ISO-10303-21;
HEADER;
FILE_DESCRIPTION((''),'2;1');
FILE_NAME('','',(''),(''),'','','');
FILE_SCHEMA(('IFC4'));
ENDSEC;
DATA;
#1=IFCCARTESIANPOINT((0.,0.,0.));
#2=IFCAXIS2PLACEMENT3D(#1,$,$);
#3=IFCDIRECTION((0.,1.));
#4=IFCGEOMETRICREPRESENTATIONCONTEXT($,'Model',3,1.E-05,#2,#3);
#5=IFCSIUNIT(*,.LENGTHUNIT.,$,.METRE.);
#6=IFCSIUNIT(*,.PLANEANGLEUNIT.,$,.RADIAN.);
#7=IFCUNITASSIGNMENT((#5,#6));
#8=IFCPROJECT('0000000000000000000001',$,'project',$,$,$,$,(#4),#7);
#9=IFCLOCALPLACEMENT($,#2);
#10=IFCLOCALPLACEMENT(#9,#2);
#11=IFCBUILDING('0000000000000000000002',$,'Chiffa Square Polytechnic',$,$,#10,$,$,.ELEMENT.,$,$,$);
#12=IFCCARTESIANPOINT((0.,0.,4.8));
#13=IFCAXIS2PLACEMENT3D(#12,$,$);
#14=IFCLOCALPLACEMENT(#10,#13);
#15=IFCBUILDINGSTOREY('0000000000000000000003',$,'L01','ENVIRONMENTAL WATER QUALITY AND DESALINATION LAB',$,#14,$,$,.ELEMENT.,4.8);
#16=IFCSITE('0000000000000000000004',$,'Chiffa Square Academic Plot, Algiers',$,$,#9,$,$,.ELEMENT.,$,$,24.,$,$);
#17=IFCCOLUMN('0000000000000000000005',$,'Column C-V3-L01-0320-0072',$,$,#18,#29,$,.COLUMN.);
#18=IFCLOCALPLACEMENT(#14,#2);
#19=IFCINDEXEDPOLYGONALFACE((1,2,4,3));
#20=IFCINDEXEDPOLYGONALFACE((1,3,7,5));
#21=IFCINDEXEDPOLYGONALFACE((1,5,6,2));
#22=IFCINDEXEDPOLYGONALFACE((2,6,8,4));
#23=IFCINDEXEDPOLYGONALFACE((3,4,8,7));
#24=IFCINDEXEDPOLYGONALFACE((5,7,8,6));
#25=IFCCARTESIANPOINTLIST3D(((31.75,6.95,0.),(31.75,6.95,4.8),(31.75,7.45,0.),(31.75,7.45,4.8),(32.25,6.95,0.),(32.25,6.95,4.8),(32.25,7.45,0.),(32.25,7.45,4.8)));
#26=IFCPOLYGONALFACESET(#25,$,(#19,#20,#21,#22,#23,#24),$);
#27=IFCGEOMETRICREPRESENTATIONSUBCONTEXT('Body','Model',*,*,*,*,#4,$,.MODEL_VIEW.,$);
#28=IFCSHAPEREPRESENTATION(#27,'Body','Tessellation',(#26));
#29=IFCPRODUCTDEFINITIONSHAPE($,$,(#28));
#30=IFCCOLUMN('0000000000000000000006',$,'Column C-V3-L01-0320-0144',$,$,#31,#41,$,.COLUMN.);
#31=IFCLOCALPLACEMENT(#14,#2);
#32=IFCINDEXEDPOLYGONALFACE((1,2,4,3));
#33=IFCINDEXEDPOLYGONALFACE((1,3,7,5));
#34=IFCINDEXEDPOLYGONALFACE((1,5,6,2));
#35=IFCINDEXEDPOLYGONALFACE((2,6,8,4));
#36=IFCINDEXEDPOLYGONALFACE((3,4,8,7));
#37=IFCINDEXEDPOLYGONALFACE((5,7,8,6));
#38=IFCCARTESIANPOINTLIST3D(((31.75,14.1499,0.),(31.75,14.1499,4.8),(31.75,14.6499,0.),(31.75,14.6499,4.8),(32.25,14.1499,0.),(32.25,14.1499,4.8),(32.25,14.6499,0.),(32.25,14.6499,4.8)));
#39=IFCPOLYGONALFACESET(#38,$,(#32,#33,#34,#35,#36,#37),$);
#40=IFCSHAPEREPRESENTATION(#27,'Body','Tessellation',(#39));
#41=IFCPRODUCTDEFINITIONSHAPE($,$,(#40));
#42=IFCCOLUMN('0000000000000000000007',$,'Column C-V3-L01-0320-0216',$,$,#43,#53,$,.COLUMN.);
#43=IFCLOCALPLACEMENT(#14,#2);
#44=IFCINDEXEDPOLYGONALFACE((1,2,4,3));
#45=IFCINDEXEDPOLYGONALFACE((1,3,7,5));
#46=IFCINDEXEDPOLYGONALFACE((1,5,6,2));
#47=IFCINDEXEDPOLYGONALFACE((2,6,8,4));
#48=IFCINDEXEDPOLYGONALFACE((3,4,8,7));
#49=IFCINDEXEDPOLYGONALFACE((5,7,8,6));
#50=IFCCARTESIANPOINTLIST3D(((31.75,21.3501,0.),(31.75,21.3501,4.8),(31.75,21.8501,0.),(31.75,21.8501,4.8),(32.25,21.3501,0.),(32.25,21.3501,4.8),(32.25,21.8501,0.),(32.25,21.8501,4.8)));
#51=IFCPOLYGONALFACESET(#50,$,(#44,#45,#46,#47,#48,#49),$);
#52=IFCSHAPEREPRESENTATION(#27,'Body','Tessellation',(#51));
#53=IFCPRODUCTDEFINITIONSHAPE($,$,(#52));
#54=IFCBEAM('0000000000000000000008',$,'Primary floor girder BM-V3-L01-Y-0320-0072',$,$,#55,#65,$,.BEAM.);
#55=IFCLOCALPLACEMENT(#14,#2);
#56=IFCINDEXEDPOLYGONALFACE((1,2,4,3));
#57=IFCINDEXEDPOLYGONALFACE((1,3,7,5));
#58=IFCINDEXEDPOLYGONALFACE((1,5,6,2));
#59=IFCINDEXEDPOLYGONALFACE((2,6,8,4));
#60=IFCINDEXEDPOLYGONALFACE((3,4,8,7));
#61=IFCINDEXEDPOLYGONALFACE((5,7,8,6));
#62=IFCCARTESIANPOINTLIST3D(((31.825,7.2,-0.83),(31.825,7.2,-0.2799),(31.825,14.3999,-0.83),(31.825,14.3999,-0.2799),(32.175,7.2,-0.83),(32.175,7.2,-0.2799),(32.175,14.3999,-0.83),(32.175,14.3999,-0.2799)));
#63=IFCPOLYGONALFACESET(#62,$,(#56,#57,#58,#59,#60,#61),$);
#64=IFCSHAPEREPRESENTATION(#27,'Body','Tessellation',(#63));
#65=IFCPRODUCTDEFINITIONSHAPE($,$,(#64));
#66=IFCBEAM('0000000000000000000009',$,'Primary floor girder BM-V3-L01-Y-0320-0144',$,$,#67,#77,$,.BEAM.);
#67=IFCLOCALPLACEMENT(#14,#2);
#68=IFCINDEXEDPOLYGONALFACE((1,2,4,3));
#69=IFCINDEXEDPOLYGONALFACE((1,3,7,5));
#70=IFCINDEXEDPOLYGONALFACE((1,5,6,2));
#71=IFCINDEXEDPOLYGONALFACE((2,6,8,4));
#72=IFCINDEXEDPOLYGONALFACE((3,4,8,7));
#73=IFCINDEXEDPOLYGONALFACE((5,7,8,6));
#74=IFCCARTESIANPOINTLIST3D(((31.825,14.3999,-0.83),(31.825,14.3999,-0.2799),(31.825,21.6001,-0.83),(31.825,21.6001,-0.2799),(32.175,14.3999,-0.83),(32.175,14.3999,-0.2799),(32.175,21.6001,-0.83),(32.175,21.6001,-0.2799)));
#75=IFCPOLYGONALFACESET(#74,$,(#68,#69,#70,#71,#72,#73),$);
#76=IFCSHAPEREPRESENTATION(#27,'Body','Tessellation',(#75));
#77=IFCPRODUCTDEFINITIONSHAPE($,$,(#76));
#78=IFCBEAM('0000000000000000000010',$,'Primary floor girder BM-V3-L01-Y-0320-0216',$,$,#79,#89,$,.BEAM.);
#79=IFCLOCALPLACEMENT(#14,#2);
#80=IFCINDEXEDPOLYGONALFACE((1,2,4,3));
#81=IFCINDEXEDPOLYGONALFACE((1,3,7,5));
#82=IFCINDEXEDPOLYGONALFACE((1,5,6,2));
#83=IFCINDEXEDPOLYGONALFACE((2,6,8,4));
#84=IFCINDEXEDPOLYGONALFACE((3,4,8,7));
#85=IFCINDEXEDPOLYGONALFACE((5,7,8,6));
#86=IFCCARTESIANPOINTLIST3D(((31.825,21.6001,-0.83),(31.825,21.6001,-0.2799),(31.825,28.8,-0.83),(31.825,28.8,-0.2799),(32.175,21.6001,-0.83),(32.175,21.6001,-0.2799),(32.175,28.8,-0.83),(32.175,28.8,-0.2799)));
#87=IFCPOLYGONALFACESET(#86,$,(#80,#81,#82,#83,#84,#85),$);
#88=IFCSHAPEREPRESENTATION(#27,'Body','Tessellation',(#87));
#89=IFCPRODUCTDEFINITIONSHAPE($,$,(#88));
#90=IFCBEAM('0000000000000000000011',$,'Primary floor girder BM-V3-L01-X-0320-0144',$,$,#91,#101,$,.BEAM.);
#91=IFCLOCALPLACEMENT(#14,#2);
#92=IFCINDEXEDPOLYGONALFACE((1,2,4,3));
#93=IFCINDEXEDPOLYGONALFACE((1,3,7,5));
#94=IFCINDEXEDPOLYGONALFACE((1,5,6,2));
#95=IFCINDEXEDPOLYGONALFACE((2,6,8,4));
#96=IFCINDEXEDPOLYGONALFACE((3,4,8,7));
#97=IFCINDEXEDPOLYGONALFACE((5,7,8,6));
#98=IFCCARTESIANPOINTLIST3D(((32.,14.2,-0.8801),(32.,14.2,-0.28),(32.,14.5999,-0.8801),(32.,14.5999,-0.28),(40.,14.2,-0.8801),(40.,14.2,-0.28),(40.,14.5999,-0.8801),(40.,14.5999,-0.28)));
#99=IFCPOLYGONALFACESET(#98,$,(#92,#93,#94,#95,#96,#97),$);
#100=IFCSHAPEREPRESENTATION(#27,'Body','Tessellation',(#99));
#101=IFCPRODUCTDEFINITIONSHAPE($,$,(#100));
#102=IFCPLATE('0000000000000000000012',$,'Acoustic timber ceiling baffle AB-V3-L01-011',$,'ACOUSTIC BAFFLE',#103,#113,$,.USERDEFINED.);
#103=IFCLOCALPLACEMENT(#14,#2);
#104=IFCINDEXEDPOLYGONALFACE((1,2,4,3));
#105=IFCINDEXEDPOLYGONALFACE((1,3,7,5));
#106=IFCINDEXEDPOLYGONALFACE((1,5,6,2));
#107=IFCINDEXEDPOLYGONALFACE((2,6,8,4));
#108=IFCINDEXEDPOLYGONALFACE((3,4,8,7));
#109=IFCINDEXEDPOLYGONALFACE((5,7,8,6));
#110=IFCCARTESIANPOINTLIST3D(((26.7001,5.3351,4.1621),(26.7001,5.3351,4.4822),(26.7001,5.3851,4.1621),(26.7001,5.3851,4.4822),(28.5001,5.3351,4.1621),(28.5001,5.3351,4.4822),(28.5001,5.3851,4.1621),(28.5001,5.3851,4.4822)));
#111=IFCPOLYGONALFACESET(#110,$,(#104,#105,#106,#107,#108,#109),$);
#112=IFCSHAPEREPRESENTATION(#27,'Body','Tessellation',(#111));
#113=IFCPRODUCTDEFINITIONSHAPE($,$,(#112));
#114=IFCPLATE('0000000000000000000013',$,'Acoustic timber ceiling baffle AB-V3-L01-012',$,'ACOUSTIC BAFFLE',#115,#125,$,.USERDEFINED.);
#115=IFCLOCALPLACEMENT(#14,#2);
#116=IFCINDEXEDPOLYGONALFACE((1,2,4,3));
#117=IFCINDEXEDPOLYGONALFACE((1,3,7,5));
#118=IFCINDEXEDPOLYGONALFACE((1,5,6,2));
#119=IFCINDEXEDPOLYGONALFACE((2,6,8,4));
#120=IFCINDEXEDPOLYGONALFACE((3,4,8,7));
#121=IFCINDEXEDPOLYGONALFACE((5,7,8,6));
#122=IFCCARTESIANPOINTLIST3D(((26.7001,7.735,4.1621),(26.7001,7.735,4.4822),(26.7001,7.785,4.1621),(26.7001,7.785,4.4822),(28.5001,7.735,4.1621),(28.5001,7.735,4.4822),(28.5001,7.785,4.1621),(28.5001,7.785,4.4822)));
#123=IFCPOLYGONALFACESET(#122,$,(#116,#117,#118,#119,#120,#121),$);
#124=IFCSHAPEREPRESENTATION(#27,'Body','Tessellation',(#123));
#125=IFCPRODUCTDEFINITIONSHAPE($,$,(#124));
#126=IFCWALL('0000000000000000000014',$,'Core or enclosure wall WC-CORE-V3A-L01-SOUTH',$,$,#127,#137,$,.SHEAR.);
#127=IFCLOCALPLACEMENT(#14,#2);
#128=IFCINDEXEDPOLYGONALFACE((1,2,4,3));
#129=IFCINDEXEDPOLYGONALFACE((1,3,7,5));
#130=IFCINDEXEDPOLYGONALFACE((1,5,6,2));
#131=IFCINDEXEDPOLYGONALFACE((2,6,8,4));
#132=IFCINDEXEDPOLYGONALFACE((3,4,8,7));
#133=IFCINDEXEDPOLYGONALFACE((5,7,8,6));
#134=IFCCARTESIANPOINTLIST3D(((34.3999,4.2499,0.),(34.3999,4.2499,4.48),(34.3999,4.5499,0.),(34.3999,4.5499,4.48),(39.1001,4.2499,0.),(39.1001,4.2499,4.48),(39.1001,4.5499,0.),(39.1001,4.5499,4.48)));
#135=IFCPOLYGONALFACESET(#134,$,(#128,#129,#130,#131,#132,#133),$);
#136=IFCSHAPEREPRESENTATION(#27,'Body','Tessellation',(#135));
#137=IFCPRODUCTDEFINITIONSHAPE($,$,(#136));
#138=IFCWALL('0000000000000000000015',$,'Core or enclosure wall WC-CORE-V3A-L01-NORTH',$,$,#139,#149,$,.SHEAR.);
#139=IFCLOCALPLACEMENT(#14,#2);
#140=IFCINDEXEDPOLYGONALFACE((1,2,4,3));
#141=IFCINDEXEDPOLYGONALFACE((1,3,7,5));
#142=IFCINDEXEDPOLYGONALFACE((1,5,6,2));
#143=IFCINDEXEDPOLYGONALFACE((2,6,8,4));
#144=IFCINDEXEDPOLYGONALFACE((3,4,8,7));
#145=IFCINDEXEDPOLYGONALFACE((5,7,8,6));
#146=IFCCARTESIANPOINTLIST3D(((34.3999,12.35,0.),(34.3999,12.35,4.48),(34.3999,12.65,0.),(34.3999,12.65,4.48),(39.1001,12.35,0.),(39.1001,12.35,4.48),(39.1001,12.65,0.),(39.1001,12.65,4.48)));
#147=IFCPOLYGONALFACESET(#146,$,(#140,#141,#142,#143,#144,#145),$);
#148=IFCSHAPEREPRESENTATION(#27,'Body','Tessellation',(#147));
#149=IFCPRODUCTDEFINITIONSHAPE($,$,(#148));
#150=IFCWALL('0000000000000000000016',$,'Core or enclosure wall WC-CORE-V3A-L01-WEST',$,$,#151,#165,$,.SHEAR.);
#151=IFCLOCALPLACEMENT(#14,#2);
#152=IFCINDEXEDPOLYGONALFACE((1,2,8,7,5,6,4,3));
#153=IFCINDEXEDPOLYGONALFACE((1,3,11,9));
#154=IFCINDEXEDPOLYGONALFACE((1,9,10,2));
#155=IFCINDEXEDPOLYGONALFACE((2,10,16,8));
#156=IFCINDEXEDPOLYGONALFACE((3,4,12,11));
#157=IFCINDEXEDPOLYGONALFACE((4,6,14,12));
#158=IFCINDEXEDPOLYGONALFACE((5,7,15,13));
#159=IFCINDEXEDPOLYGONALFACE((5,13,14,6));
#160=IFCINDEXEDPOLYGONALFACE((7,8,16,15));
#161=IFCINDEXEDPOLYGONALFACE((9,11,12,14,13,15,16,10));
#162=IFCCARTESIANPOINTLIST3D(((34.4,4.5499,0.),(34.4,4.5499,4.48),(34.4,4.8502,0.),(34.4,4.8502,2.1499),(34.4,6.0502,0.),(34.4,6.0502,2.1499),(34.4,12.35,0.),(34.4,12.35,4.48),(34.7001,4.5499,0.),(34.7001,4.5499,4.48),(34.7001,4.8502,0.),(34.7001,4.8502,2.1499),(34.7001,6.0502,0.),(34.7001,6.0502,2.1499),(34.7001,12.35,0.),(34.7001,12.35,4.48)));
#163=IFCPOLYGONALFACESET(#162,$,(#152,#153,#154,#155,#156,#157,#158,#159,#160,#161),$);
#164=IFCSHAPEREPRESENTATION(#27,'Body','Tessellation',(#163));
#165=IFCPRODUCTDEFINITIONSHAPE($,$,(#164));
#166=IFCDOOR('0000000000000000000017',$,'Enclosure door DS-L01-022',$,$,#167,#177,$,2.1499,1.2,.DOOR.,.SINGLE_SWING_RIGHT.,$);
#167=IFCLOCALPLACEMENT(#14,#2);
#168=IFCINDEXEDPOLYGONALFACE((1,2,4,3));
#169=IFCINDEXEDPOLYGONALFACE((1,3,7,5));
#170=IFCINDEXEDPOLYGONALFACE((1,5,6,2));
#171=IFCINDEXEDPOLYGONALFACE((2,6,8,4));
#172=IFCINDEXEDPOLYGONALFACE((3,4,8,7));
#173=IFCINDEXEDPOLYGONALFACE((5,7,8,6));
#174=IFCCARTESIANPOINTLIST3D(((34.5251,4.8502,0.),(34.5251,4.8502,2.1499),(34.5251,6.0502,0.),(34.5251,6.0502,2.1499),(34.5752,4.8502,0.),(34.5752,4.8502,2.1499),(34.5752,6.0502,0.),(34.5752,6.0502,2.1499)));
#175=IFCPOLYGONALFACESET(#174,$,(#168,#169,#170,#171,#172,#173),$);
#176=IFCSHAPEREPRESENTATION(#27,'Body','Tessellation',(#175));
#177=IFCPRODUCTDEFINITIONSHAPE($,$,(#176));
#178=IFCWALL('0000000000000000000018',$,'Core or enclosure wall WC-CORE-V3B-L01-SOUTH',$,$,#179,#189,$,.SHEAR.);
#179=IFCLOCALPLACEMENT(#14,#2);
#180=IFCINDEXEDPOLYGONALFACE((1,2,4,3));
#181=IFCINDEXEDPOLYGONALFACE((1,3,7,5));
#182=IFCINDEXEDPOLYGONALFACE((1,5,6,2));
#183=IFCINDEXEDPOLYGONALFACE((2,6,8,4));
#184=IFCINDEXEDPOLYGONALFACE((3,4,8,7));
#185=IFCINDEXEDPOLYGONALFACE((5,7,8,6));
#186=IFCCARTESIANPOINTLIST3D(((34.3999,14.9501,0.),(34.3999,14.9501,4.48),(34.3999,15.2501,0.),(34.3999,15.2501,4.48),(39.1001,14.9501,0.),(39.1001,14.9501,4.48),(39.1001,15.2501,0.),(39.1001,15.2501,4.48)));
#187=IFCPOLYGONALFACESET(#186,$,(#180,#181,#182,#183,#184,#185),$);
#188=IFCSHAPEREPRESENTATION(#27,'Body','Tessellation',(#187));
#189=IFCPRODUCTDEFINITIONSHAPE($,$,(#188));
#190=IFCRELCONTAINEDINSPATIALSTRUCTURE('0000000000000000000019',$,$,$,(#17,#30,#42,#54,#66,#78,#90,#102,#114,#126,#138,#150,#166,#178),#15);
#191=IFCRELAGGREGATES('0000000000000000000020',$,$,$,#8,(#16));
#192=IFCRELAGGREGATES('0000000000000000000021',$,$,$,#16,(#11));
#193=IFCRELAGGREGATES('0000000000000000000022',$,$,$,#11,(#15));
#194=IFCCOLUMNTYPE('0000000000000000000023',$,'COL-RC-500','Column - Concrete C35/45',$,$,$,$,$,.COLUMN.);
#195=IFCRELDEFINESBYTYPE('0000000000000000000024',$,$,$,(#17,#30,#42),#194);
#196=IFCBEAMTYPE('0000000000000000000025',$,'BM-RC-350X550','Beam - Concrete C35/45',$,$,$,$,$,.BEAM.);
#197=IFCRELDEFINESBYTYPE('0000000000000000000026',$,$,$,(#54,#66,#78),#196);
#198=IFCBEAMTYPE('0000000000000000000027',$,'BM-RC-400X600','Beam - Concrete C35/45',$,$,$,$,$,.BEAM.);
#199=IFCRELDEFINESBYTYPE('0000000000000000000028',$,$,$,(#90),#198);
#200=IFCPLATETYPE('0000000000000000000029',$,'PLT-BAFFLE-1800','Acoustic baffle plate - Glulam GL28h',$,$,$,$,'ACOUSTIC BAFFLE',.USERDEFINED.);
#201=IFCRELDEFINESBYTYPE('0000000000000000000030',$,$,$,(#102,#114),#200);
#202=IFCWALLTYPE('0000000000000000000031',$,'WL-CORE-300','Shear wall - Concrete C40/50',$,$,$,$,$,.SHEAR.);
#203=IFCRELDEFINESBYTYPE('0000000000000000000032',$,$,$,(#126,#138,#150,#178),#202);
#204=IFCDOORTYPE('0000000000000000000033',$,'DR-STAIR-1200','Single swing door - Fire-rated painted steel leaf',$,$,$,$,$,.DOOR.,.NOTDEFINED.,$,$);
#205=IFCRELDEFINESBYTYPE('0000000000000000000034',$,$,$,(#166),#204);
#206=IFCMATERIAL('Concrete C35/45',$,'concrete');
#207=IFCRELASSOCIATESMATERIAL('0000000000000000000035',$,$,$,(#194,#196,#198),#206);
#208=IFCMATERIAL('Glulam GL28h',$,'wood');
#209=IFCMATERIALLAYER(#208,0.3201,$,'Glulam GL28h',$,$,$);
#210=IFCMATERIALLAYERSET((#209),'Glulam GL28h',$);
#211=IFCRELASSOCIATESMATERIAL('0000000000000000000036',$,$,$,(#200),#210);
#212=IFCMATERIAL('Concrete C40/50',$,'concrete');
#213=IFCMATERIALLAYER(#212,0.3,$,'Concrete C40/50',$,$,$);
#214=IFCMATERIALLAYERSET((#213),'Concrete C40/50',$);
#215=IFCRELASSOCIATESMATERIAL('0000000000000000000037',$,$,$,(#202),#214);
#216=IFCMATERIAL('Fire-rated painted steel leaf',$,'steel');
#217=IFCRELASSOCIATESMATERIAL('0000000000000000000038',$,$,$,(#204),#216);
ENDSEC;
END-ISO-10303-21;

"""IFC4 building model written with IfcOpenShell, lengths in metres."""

from ifc_helpers import new_model, si_unit, direction, frame, frame_2d, origin, origin_2d, place, context, subcontext, project, spatial, rectangle, extrude, material, layer, layer_set, material_profile, profile_set, type_object, element, fill, save


model = new_model("IFC4")

# Units and contexts
model_context = context("Model", 3, precision=1e-05, world=origin(), true_north=direction((0.0, 1.0)))
body_context = subcontext(model_context, "Body", "Model", "MODEL_VIEW")
ifc_project = project(units=[si_unit("LENGTHUNIT", "METRE"), si_unit("PLANEANGLEUNIT", "RADIAN")], contexts=[model_context])

# Site, building, storey
site_placement = place(None, origin())
site = spatial("IfcSite", under=ifc_project, at=site_placement, Name="Chiffa Square Academic Plot, Algiers", CompositionType="ELEMENT", RefElevation=24.0)
building_placement = place(site_placement, origin())
building = spatial("IfcBuilding", under=site, at=building_placement, Name="Chiffa Square Polytechnic", CompositionType="ELEMENT")
storey_placement = place(building_placement, frame((0.0, 0.0, 4.8)))
storey = spatial("IfcBuildingStorey", under=building, at=storey_placement, Name="L01", Description="ENVIRONMENTAL WATER QUALITY AND DESALINATION LAB", CompositionType="ELEMENT", Elevation=4.8)

# Columns
ifc_material_1 = material(Name="Concrete C35/45", Category="concrete")
ifc_material_profile_1 = material_profile(ifc_material_1, rectangle(XDim=0.5, YDim=0.5, at=origin_2d()), Name="RC 500x500")
ifc_profile_set_1 = profile_set([ifc_material_profile_1], Name="Concrete C35/45")
column_type = type_object("IfcColumnType", Name="COL-RC-500", Description="Column - Concrete C35/45", PredefinedType="COLUMN", material=ifc_profile_set_1)
for number, where, z_axis, x_axis, name in (
    (1, (32.0, 7.2, 0.0), (0.0, 0.0, 1.0), (1.0, 0.0, 0.0), "Column C-V3-L01-0320-0072"),
    (2, (32.0, 14.3999, 0.0), (0.0, 0.0, 1.0), (1.0, 0.0, 0.0), "Column C-V3-L01-0320-0144"),
    (3, (32.0, 21.6001, 0.0), (0.0, 0.0, 1.0), (1.0, 0.0, 0.0), "Column C-V3-L01-0320-0216"),
):
    element("IfcColumn", number, at=place(storey_placement, frame(where, z_axis=z_axis, x_axis=x_axis)), inside=storey, type_object=column_type, Name=name, PredefinedType="COLUMN", context=body_context, shape_type="SweptSolid", body=[
        extrude(rectangle(XDim=0.5, YDim=0.5, at=origin_2d()), origin(), (0.0, 0.0, 1.0), 4.8),
    ])

# Beams
ifc_material_profile_2 = material_profile(ifc_material_1, rectangle(XDim=0.3501, YDim=0.55, at=origin_2d()), Name="RC 350x550")
ifc_profile_set_2 = profile_set([ifc_material_profile_2], Name="Concrete C35/45")
beam_type_1 = type_object("IfcBeamType", Name="BM-RC-350X550", Description="Beam - Concrete C35/45", PredefinedType="BEAM", material=ifc_profile_set_2)
beam_1_placement = place(storey_placement, frame((32.0, 7.2, -0.5549), z_axis=(0.0, 1.0, 0.0), x_axis=(-1.0, 0.0, 0.0)))
element("IfcBeam", 4, at=beam_1_placement, inside=storey, type_object=beam_type_1, Name="Primary floor girder BM-V3-L01-Y-0320-0072", PredefinedType="BEAM", context=body_context, shape_type="SweptSolid", body=[
    extrude(rectangle(XDim=0.3501, YDim=0.55, at=origin_2d()), origin(), (0.0, 0.0, 1.0), 7.2),
])
beam_2_placement = place(storey_placement, frame((32.0, 14.3999, -0.5549), z_axis=(0.0, 1.0, 0.0), x_axis=(-1.0, 0.0, 0.0)))
element("IfcBeam", 5, at=beam_2_placement, inside=storey, type_object=beam_type_1, Name="Primary floor girder BM-V3-L01-Y-0320-0144", PredefinedType="BEAM", context=body_context, shape_type="SweptSolid", body=[
    extrude(rectangle(XDim=0.3501, YDim=0.55, at=origin_2d()), origin(), (0.0, 0.0, 1.0), 7.2002),
])
beam_3_placement = place(storey_placement, frame((32.0, 21.6001, -0.5549), z_axis=(0.0, 1.0, 0.0), x_axis=(-1.0, 0.0, 0.0)))
element("IfcBeam", 6, at=beam_3_placement, inside=storey, type_object=beam_type_1, Name="Primary floor girder BM-V3-L01-Y-0320-0216", PredefinedType="BEAM", context=body_context, shape_type="SweptSolid", body=[
    extrude(rectangle(XDim=0.3501, YDim=0.55, at=origin_2d()), origin(), (0.0, 0.0, 1.0), 7.2),
])
ifc_material_profile_3 = material_profile(ifc_material_1, rectangle(XDim=0.3999, YDim=0.6001, at=origin_2d()), Name="RC 400x600")
ifc_profile_set_3 = profile_set([ifc_material_profile_3], Name="Concrete C35/45")
beam_type_2 = type_object("IfcBeamType", Name="BM-RC-400X600", Description="Beam - Concrete C35/45", PredefinedType="BEAM", material=ifc_profile_set_3)
beam_4_placement = place(storey_placement, frame((32.0, 14.3999, -0.5801), z_axis=(1.0, 0.0, 0.0), x_axis=(0.0, 1.0, 0.0)))
element("IfcBeam", 7, at=beam_4_placement, inside=storey, type_object=beam_type_2, Name="Primary floor girder BM-V3-L01-X-0320-0144", PredefinedType="BEAM", context=body_context, shape_type="SweptSolid", body=[
    extrude(rectangle(XDim=0.3999, YDim=0.6001, at=origin_2d()), origin(), (0.0, 0.0, 1.0), 8.0),
])

# Plates
ifc_material_2 = material(Name="Glulam GL28h", Category="wood")
ifc_layer_1 = layer(ifc_material_2, 0.3201, Name="Glulam GL28h")
ifc_layer_set_1 = layer_set([ifc_layer_1], Name="Glulam GL28h")
plate_type = type_object("IfcPlateType", Name="PLT-BAFFLE-1800", Description="Acoustic baffle plate - Glulam GL28h", ElementType="ACOUSTIC BAFFLE", PredefinedType="USERDEFINED", material=ifc_layer_set_1)
for number, where, z_axis, x_axis, name in (
    (8, (27.6001, 5.3601, 4.1621), (0.0, 0.0, 1.0), (1.0, 0.0, 0.0), "Acoustic timber ceiling baffle AB-V3-L01-011"),
    (9, (27.6001, 7.76, 4.1621), (0.0, 0.0, 1.0), (1.0, 0.0, 0.0), "Acoustic timber ceiling baffle AB-V3-L01-012"),
):
    element("IfcPlate", number, at=place(storey_placement, frame(where, z_axis=z_axis, x_axis=x_axis)), inside=storey, type_object=plate_type, Name=name, ObjectType="ACOUSTIC BAFFLE", PredefinedType="USERDEFINED", context=body_context, shape_type="SweptSolid", body=[
        extrude(rectangle(XDim=1.8, YDim=0.05, at=origin_2d()), origin(), (0.0, 0.0, 1.0), 0.3201),
    ])

# Walls
ifc_material_3 = material(Name="Concrete C40/50", Category="concrete")
ifc_layer_2 = layer(ifc_material_3, 0.3, Name="Concrete C40/50")
ifc_layer_set_2 = layer_set([ifc_layer_2], Name="Concrete C40/50")
wall_type_1 = type_object("IfcWallType", Name="WL-CORE-300", Description="Shear wall - Concrete C40/50", PredefinedType="SHEAR", material=ifc_layer_set_2)
for number, where, z_axis, x_axis, name in (
    (10, (34.3999, 4.3999, 0.0), (0.0, 0.0, 1.0), (1.0, 0.0, 0.0), "Core or enclosure wall WC-CORE-V3A-L01-SOUTH"),
    (11, (34.3999, 12.5, 0.0), (0.0, 0.0, 1.0), (1.0, 0.0, 0.0), "Core or enclosure wall WC-CORE-V3A-L01-NORTH"),
):
    element("IfcWall", number, at=place(storey_placement, frame(where, z_axis=z_axis, x_axis=x_axis)), inside=storey, type_object=wall_type_1, Name=name, PredefinedType="SHEAR", context=body_context, shape_type="SweptSolid", body=[
        extrude(rectangle(XDim=4.7002, YDim=0.3, at=frame_2d((2.3501, 0.0))), origin(), (0.0, 0.0, 1.0), 4.48),
    ])

# Wall, opening, door
wall_1_placement = place(storey_placement, frame((34.55, 4.55, 0.0), z_axis=(0.0, 0.0, 1.0), x_axis=(0.0, 1.0, 0.0)))
wall_1 = element("IfcWall", 12, at=wall_1_placement, inside=storey, type_object=wall_type_1, Name="Core or enclosure wall WC-CORE-V3A-L01-WEST", PredefinedType="SHEAR", context=body_context, shape_type="SweptSolid", body=[
    extrude(rectangle(XDim=7.8, YDim=0.3, at=frame_2d((3.8999, 0.0))), origin(), (0.0, 0.0, 1.0), 4.48),
])
opening_1_placement = place(wall_1_placement, frame((0.3, 0.0, 0.0)))
opening_1 = element("IfcOpeningElement", 13, at=opening_1_placement, cuts=wall_1, PredefinedType="OPENING", context=body_context, shape_type="SweptSolid", body=[
    extrude(rectangle(XDim=1.2, YDim=2.1499, at=frame_2d((0.6001, 1.075))), frame((0.0, 0.1602, 0.0), z_axis=(0.0, -1.0, 0.0), x_axis=(1.0, 0.0, 0.0)), (0.0, 0.0, 1.0), 0.3201),
])
ifc_material_4 = material(Name="Fire-rated painted steel leaf", Category="steel")
door_type_1 = type_object("IfcDoorType", Name="DR-STAIR-1200", Description="Single swing door - Fire-rated painted steel leaf", OperationType="NOTDEFINED", PredefinedType="DOOR", material=ifc_material_4)
door_1_placement = place(opening_1_placement, origin())
door_1 = element("IfcDoor", 14, at=door_1_placement, inside=storey, type_object=door_type_1, Name="Enclosure door DS-L01-022", OperationType="SINGLE_SWING_RIGHT", OverallHeight=2.1499, OverallWidth=1.2, PredefinedType="DOOR", context=body_context, shape_type="SweptSolid", body=[
    extrude(rectangle(XDim=1.2, YDim=2.1499, at=frame_2d((0.6001, 1.075))), frame((0.0, 0.0249, 0.0), z_axis=(0.0, -1.0, 0.0), x_axis=(1.0, 0.0, 0.0)), (0.0, 0.0, 1.0), 0.05),
])
fill(opening_1, door_1)

# Wall
wall_2_placement = place(storey_placement, frame((34.3999, 15.1001, 0.0), z_axis=(0.0, 0.0, 1.0), x_axis=(1.0, 0.0, 0.0)))
element("IfcWall", 15, at=wall_2_placement, inside=storey, type_object=wall_type_1, Name="Core or enclosure wall WC-CORE-V3B-L01-SOUTH", PredefinedType="SHEAR", context=body_context, shape_type="SweptSolid", body=[
    extrude(rectangle(XDim=4.7002, YDim=0.3, at=frame_2d((2.3501, 0.0))), origin(), (0.0, 0.0, 1.0), 4.48),
])

save(model, "model.ifc")
